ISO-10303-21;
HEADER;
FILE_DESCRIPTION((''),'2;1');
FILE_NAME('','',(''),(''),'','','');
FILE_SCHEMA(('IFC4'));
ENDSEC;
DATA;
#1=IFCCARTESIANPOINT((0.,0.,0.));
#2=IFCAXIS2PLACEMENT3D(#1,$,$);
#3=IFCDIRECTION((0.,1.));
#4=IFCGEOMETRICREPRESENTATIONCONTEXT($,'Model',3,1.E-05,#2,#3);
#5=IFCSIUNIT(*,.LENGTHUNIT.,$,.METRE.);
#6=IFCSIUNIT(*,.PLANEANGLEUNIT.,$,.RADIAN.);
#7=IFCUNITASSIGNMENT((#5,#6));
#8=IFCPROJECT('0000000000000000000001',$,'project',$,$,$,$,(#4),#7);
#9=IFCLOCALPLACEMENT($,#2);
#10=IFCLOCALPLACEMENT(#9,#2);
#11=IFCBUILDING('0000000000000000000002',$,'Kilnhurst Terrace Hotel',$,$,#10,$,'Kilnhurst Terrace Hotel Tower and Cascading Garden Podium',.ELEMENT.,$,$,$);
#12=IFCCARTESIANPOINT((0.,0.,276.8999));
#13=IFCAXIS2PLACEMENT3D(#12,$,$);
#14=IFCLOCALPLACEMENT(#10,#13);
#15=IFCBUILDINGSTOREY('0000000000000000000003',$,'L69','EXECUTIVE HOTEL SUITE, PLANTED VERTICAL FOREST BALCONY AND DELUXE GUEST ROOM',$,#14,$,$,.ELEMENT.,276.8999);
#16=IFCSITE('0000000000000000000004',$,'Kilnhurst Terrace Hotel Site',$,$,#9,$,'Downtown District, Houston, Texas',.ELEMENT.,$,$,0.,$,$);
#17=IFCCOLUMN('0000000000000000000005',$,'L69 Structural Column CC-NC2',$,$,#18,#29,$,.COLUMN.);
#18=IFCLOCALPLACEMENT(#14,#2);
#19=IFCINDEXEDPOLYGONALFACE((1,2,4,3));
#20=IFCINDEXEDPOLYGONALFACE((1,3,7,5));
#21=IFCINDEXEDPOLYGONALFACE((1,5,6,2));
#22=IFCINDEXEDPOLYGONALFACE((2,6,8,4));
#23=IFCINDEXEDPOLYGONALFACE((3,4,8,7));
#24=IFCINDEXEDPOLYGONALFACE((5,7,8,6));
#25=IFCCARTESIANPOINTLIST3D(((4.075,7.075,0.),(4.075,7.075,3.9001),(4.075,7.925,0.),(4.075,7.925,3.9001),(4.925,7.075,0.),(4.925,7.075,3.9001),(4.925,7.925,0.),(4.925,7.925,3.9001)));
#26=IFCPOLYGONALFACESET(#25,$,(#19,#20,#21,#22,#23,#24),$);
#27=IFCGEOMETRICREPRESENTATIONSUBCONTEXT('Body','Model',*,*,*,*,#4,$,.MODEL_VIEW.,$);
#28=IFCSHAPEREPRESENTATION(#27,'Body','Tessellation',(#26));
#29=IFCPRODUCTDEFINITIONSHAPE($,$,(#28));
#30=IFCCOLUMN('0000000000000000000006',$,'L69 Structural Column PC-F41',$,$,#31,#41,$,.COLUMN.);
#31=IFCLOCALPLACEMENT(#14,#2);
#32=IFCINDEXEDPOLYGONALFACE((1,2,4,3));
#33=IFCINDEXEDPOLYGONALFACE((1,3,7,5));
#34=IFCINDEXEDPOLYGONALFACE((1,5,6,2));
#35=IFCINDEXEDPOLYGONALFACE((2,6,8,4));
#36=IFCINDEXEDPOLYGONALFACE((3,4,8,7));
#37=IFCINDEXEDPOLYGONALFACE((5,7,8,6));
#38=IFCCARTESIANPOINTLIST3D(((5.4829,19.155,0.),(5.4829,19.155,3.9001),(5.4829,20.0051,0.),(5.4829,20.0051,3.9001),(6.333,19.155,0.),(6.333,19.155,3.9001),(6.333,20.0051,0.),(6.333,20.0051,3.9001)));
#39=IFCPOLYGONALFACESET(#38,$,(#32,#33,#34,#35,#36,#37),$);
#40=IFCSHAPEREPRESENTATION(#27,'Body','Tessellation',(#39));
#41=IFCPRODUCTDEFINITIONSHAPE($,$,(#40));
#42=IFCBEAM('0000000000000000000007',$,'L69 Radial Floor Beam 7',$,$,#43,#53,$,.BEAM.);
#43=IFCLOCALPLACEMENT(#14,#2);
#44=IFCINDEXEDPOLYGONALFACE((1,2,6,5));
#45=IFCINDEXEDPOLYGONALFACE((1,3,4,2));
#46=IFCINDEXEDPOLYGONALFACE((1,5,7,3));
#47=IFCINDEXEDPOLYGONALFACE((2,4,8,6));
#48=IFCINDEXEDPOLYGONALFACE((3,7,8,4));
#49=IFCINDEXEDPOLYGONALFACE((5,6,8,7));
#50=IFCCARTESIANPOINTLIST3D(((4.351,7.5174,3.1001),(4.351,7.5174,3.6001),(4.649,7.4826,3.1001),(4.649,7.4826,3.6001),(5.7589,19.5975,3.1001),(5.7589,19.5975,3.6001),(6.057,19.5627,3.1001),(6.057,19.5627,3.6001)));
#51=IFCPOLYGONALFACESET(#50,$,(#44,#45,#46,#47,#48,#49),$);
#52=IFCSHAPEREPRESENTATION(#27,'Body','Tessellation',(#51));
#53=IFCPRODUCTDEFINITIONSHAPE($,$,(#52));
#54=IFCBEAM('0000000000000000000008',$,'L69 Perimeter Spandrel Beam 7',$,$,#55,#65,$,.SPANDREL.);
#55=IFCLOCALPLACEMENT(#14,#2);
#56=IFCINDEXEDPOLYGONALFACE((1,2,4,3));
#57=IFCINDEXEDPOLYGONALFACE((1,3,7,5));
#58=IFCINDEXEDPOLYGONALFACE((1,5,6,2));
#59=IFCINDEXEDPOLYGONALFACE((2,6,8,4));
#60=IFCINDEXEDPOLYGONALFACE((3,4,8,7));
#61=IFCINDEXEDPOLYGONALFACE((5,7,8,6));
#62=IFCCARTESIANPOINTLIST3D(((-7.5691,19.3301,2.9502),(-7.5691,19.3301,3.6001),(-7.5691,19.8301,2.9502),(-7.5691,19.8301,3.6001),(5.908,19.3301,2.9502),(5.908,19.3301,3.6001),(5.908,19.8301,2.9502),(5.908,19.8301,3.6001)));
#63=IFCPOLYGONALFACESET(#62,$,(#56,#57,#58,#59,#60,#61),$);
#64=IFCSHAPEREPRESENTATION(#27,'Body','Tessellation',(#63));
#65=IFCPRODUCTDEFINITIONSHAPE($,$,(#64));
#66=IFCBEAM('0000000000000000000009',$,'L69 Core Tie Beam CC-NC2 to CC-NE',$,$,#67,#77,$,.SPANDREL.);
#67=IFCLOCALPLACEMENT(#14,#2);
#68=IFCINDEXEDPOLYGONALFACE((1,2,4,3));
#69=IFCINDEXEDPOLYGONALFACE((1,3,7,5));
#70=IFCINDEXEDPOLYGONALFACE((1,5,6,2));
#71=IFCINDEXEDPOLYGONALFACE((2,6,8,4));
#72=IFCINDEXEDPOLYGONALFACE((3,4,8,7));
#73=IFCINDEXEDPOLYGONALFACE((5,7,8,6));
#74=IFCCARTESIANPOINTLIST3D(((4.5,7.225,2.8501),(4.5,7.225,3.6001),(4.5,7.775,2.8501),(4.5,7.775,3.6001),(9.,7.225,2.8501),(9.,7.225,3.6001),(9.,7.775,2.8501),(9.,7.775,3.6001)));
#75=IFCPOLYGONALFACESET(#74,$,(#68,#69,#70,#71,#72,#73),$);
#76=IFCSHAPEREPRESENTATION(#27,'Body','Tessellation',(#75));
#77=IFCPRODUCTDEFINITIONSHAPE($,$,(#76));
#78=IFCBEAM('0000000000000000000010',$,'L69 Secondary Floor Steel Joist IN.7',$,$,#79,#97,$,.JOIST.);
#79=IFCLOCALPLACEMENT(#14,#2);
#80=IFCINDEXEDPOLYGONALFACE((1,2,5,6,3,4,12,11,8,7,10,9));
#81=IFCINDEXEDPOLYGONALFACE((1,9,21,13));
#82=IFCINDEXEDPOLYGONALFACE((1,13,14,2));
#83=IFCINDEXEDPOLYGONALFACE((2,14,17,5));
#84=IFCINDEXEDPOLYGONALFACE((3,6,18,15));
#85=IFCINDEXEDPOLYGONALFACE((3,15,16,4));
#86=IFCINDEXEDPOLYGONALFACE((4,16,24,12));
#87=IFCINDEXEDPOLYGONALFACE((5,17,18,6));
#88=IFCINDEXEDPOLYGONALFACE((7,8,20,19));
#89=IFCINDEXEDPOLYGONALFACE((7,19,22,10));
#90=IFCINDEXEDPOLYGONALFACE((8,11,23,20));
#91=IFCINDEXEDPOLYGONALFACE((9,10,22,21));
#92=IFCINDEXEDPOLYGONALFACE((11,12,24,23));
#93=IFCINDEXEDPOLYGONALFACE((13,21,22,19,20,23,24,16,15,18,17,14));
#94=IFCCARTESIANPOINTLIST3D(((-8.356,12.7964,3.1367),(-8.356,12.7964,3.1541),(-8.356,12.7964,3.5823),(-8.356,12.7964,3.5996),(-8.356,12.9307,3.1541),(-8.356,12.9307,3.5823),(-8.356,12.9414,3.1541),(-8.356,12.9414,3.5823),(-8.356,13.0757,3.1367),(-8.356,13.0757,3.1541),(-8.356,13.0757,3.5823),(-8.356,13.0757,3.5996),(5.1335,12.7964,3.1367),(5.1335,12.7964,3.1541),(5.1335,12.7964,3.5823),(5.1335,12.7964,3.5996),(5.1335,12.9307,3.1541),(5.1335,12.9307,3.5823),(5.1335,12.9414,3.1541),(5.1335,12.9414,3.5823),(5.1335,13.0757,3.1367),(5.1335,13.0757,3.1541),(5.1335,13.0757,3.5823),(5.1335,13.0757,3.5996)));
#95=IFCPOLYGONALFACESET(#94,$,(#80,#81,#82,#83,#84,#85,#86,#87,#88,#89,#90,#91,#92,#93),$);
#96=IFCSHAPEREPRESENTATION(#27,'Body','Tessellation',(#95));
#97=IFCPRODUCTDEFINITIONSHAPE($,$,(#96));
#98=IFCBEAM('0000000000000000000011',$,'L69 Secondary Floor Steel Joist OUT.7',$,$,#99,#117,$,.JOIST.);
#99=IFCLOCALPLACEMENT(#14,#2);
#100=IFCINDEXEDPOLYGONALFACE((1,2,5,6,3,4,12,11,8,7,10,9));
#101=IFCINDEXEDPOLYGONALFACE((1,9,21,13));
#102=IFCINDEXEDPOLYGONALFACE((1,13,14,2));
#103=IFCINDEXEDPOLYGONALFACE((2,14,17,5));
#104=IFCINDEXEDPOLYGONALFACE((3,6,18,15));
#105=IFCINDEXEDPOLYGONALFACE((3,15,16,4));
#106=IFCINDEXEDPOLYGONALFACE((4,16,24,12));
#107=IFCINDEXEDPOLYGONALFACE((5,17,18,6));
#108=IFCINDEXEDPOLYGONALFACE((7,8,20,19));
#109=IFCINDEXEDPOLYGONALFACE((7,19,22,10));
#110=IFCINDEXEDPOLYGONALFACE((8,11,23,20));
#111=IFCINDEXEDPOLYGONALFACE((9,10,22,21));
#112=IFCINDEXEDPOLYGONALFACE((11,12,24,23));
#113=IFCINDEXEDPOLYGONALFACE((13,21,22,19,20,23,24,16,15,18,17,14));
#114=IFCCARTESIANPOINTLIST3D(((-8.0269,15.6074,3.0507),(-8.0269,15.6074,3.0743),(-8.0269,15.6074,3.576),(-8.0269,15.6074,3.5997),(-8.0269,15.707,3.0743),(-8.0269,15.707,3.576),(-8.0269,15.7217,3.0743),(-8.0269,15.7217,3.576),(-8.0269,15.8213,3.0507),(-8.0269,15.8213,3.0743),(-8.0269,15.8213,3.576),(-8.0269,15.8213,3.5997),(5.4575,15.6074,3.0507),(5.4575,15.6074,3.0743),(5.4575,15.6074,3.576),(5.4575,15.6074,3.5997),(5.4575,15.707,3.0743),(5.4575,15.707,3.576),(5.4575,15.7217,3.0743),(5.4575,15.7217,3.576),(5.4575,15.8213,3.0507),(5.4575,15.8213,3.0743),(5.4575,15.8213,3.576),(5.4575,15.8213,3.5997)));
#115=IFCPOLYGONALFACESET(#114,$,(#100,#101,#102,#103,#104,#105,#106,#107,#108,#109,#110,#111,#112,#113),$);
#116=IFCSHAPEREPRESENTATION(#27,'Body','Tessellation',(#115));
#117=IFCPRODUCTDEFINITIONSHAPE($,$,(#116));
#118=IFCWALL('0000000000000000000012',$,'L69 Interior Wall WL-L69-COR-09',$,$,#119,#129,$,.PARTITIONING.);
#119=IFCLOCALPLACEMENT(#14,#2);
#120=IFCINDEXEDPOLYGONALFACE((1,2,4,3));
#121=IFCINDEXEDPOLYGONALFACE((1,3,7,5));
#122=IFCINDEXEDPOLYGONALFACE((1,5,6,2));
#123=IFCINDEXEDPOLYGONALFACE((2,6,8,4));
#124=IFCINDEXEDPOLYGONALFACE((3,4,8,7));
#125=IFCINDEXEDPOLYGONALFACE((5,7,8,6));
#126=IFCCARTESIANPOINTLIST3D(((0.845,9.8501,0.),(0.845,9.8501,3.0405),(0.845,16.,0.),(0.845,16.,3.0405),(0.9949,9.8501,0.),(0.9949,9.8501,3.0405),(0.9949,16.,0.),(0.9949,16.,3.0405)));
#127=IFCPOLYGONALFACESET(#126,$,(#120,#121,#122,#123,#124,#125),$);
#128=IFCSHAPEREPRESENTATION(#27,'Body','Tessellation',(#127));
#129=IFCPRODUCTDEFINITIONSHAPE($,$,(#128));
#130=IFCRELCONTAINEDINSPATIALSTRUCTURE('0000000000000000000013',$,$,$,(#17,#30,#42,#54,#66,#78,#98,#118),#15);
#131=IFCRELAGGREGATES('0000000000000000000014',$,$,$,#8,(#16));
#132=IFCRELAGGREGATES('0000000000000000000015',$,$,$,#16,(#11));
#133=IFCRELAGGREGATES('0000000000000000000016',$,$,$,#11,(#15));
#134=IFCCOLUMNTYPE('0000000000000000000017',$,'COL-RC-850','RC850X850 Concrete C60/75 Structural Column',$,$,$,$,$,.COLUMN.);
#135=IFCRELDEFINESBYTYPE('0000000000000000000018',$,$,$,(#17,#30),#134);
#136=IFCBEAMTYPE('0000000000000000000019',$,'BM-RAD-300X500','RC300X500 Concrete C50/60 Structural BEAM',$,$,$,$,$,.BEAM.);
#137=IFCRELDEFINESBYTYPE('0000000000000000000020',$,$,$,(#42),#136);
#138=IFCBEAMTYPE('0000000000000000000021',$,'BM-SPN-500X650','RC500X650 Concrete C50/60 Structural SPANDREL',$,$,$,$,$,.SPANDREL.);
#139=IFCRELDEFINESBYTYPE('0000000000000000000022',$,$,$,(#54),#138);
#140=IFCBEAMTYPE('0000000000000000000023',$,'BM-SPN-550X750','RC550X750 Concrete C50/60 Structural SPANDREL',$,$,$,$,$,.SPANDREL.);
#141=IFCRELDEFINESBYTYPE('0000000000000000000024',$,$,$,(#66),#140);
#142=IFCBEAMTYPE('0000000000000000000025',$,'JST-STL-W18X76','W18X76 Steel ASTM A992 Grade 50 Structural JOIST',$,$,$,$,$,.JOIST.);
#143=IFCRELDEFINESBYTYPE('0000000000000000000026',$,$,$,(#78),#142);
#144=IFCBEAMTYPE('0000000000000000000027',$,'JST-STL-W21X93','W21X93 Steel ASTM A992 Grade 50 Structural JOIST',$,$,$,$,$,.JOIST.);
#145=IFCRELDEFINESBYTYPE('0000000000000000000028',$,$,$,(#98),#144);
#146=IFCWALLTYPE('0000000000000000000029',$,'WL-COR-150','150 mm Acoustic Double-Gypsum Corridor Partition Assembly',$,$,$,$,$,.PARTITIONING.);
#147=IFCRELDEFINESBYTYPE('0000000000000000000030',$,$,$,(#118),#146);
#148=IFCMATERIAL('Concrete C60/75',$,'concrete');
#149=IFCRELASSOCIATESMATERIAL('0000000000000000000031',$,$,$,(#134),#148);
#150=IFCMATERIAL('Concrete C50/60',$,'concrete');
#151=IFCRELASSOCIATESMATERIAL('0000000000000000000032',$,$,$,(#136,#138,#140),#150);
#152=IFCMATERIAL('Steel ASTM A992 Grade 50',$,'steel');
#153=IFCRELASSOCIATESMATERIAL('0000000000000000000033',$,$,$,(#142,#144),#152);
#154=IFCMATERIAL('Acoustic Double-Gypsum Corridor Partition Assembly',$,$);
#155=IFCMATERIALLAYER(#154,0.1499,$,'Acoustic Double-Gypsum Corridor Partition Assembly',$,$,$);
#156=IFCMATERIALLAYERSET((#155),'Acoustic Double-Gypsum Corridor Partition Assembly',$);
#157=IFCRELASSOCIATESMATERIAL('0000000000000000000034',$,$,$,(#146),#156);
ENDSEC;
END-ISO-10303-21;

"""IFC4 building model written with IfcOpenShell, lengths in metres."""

from ifc_helpers import new_model, si_unit, direction, frame, frame_2d, origin, origin_2d, place, context, subcontext, project, spatial, rectangle, i_section, extrude, material, layer, layer_set, material_profile, profile_set, type_object, element, save


model = new_model("IFC4")

# Units and contexts
model_context = context("Model", 3, precision=1e-05, world=origin(), true_north=direction((0.0, 1.0)))
body_context = subcontext(model_context, "Body", "Model", "MODEL_VIEW")
ifc_project = project(units=[si_unit("LENGTHUNIT", "METRE"), si_unit("PLANEANGLEUNIT", "RADIAN")], contexts=[model_context])

# Site, building, storey
site_placement = place(None, origin())
site = spatial("IfcSite", under=ifc_project, at=site_placement, Name="Kilnhurst Terrace Hotel Site", LongName="Downtown District, Houston, Texas", CompositionType="ELEMENT", RefElevation=0.0)
building_placement = place(site_placement, origin())
building = spatial("IfcBuilding", under=site, at=building_placement, Name="Kilnhurst Terrace Hotel", LongName="Kilnhurst Terrace Hotel Tower and Cascading Garden Podium", CompositionType="ELEMENT")
storey_placement = place(building_placement, frame((0.0, 0.0, 276.8999)))
storey = spatial("IfcBuildingStorey", under=building, at=storey_placement, Name="L69", Description="EXECUTIVE HOTEL SUITE, PLANTED VERTICAL FOREST BALCONY AND DELUXE GUEST ROOM", CompositionType="ELEMENT", Elevation=276.8999)

# Columns
ifc_material_1 = material(Name="Concrete C60/75", Category="concrete")
ifc_material_profile_1 = material_profile(ifc_material_1, rectangle(XDim=0.8501, YDim=0.8501, at=origin_2d()), Name="RC850X850")
ifc_profile_set_1 = profile_set([ifc_material_profile_1], Name="Concrete C60/75")
column_type = type_object("IfcColumnType", Name="COL-RC-850", Description="RC850X850 Concrete C60/75 Structural Column", PredefinedType="COLUMN", material=ifc_profile_set_1)
for number, where, z_axis, x_axis, name in (
    (1, (4.5, 7.5, 0.0), (0.0, 0.0, 1.0), (1.0, 0.0, 0.0), "L69 Structural Column CC-NC2"),
    (2, (5.908, 19.5801, 0.0), (0.0, 0.0, 1.0), (1.0, 0.0, 0.0), "L69 Structural Column PC-F41"),
):
    element("IfcColumn", number, at=place(storey_placement, frame(where, z_axis=z_axis, x_axis=x_axis)), inside=storey, type_object=column_type, Name=name, PredefinedType="COLUMN", context=body_context, shape_type="SweptSolid", body=[
        extrude(rectangle(XDim=0.8501, YDim=0.8501, at=origin_2d()), origin(), (0.0, 0.0, 1.0), 3.9001),
    ])

# Beams
ifc_material_2 = material(Name="Concrete C50/60", Category="concrete")
ifc_material_profile_2 = material_profile(ifc_material_2, rectangle(XDim=0.3, YDim=0.5, at=origin_2d()), Name="RC300X500")
ifc_profile_set_2 = profile_set([ifc_material_profile_2], Name="Concrete C50/60")
beam_type_1 = type_object("IfcBeamType", Name="BM-RAD-300X500", Description="RC300X500 Concrete C50/60 Structural BEAM", PredefinedType="BEAM", material=ifc_profile_set_2)
beam_1_placement = place(storey_placement, frame((4.5, 7.5, 3.3501), z_axis=(0.115768, 0.993276, 0.0), x_axis=(-0.993276, 0.115768, 0.0)))
element("IfcBeam", 3, at=beam_1_placement, inside=storey, type_object=beam_type_1, Name="L69 Radial Floor Beam 7", PredefinedType="BEAM", context=body_context, shape_type="SweptSolid", body=[
    extrude(rectangle(XDim=0.3, YDim=0.5, at=origin_2d()), origin(), (0.0, 0.0, 1.0), 12.1619),
])
ifc_material_profile_3 = material_profile(ifc_material_2, rectangle(XDim=0.5, YDim=0.6499, at=origin_2d()), Name="RC500X650")
ifc_profile_set_3 = profile_set([ifc_material_profile_3], Name="Concrete C50/60")
beam_type_2 = type_object("IfcBeamType", Name="BM-SPN-500X650", Description="RC500X650 Concrete C50/60 Structural SPANDREL", PredefinedType="SPANDREL", material=ifc_profile_set_3)
beam_2_placement = place(storey_placement, frame((5.908, 19.5801, 3.2751), z_axis=(-1.0, 0.0, 0.0), x_axis=(0.0, -1.0, 0.0)))
element("IfcBeam", 4, at=beam_2_placement, inside=storey, type_object=beam_type_2, Name="L69 Perimeter Spandrel Beam 7", PredefinedType="SPANDREL", context=body_context, shape_type="SweptSolid", body=[
    extrude(rectangle(XDim=0.5, YDim=0.6499, at=origin_2d()), origin(), (0.0, 0.0, 1.0), 13.4771),
])
ifc_material_profile_4 = material_profile(ifc_material_2, rectangle(XDim=0.55, YDim=0.75, at=origin_2d()), Name="RC550X750")
ifc_profile_set_4 = profile_set([ifc_material_profile_4], Name="Concrete C50/60")
beam_type_3 = type_object("IfcBeamType", Name="BM-SPN-550X750", Description="RC550X750 Concrete C50/60 Structural SPANDREL", PredefinedType="SPANDREL", material=ifc_profile_set_4)
beam_3_placement = place(storey_placement, frame((4.5, 7.5, 3.2251), z_axis=(1.0, 0.0, 0.0), x_axis=(0.0, 1.0, 0.0)))
element("IfcBeam", 5, at=beam_3_placement, inside=storey, type_object=beam_type_3, Name="L69 Core Tie Beam CC-NC2 to CC-NE", PredefinedType="SPANDREL", context=body_context, shape_type="SweptSolid", body=[
    extrude(rectangle(XDim=0.55, YDim=0.75, at=origin_2d()), origin(), (0.0, 0.0, 1.0), 4.5),
])
ifc_material_3 = material(Name="Steel ASTM A992 Grade 50", Category="steel")
ifc_material_profile_5 = material_profile(ifc_material_3, i_section(OverallWidth=0.2793, OverallDepth=0.4629, WebThickness=0.0107, FlangeThickness=0.0173, at=origin_2d()), Name="W18X76")
ifc_profile_set_5 = profile_set([ifc_material_profile_5], Name="Steel ASTM A992 Grade 50")
beam_type_4 = type_object("IfcBeamType", Name="JST-STL-W18X76", Description="W18X76 Steel ASTM A992 Grade 50 Structural JOIST", PredefinedType="JOIST", material=ifc_profile_set_5)
beam_4_placement = place(storey_placement, frame((5.1335, 12.936, 3.3682), z_axis=(-1.0, 0.0, 0.0), x_axis=(0.0, -1.0, 0.0)))
element("IfcBeam", 6, at=beam_4_placement, inside=storey, type_object=beam_type_4, Name="L69 Secondary Floor Steel Joist IN.7", PredefinedType="JOIST", context=body_context, shape_type="SweptSolid", body=[
    extrude(i_section(OverallWidth=0.2793, OverallDepth=0.4629, WebThickness=0.0107, FlangeThickness=0.0173, at=origin_2d()), origin(), (0.0, 0.0, 1.0), 13.4895),
])
ifc_material_profile_6 = material_profile(ifc_material_3, i_section(OverallWidth=0.2139, OverallDepth=0.5491, WebThickness=0.0146, FlangeThickness=0.0237, at=origin_2d()), Name="W21X93")
ifc_profile_set_6 = profile_set([ifc_material_profile_6], Name="Steel ASTM A992 Grade 50")
beam_type_5 = type_object("IfcBeamType", Name="JST-STL-W21X93", Description="W21X93 Steel ASTM A992 Grade 50 Structural JOIST", PredefinedType="JOIST", material=ifc_profile_set_6)
beam_5_placement = place(storey_placement, frame((5.4575, 15.7144, 3.3252), z_axis=(-1.0, 0.0, 0.0), x_axis=(0.0, -1.0, 0.0)))
element("IfcBeam", 7, at=beam_5_placement, inside=storey, type_object=beam_type_5, Name="L69 Secondary Floor Steel Joist OUT.7", PredefinedType="JOIST", context=body_context, shape_type="SweptSolid", body=[
    extrude(i_section(OverallWidth=0.2139, OverallDepth=0.5491, WebThickness=0.0146, FlangeThickness=0.0237, at=origin_2d()), origin(), (0.0, 0.0, 1.0), 13.4844),
])

# Wall
ifc_material_4 = material(Name="Acoustic Double-Gypsum Corridor Partition Assembly")
ifc_layer_1 = layer(ifc_material_4, 0.1499, Name="Acoustic Double-Gypsum Corridor Partition Assembly")
ifc_layer_set_1 = layer_set([ifc_layer_1], Name="Acoustic Double-Gypsum Corridor Partition Assembly")
wall_type_1 = type_object("IfcWallType", Name="WL-COR-150", Description="150 mm Acoustic Double-Gypsum Corridor Partition Assembly", PredefinedType="PARTITIONING", material=ifc_layer_set_1)
wall_1_placement = place(storey_placement, frame((0.9199, 16.0, 0.0), z_axis=(0.0, 0.0, 1.0), x_axis=(0.0, -1.0, 0.0)))
element("IfcWall", 8, at=wall_1_placement, inside=storey, type_object=wall_type_1, Name="L69 Interior Wall WL-L69-COR-09", PredefinedType="PARTITIONING", context=body_context, shape_type="SweptSolid", body=[
    extrude(rectangle(XDim=6.1499, YDim=0.1499, at=frame_2d((3.075, 0.0))), origin(), (0.0, 0.0, 1.0), 3.0405),
])

save(model, "model.ifc")
